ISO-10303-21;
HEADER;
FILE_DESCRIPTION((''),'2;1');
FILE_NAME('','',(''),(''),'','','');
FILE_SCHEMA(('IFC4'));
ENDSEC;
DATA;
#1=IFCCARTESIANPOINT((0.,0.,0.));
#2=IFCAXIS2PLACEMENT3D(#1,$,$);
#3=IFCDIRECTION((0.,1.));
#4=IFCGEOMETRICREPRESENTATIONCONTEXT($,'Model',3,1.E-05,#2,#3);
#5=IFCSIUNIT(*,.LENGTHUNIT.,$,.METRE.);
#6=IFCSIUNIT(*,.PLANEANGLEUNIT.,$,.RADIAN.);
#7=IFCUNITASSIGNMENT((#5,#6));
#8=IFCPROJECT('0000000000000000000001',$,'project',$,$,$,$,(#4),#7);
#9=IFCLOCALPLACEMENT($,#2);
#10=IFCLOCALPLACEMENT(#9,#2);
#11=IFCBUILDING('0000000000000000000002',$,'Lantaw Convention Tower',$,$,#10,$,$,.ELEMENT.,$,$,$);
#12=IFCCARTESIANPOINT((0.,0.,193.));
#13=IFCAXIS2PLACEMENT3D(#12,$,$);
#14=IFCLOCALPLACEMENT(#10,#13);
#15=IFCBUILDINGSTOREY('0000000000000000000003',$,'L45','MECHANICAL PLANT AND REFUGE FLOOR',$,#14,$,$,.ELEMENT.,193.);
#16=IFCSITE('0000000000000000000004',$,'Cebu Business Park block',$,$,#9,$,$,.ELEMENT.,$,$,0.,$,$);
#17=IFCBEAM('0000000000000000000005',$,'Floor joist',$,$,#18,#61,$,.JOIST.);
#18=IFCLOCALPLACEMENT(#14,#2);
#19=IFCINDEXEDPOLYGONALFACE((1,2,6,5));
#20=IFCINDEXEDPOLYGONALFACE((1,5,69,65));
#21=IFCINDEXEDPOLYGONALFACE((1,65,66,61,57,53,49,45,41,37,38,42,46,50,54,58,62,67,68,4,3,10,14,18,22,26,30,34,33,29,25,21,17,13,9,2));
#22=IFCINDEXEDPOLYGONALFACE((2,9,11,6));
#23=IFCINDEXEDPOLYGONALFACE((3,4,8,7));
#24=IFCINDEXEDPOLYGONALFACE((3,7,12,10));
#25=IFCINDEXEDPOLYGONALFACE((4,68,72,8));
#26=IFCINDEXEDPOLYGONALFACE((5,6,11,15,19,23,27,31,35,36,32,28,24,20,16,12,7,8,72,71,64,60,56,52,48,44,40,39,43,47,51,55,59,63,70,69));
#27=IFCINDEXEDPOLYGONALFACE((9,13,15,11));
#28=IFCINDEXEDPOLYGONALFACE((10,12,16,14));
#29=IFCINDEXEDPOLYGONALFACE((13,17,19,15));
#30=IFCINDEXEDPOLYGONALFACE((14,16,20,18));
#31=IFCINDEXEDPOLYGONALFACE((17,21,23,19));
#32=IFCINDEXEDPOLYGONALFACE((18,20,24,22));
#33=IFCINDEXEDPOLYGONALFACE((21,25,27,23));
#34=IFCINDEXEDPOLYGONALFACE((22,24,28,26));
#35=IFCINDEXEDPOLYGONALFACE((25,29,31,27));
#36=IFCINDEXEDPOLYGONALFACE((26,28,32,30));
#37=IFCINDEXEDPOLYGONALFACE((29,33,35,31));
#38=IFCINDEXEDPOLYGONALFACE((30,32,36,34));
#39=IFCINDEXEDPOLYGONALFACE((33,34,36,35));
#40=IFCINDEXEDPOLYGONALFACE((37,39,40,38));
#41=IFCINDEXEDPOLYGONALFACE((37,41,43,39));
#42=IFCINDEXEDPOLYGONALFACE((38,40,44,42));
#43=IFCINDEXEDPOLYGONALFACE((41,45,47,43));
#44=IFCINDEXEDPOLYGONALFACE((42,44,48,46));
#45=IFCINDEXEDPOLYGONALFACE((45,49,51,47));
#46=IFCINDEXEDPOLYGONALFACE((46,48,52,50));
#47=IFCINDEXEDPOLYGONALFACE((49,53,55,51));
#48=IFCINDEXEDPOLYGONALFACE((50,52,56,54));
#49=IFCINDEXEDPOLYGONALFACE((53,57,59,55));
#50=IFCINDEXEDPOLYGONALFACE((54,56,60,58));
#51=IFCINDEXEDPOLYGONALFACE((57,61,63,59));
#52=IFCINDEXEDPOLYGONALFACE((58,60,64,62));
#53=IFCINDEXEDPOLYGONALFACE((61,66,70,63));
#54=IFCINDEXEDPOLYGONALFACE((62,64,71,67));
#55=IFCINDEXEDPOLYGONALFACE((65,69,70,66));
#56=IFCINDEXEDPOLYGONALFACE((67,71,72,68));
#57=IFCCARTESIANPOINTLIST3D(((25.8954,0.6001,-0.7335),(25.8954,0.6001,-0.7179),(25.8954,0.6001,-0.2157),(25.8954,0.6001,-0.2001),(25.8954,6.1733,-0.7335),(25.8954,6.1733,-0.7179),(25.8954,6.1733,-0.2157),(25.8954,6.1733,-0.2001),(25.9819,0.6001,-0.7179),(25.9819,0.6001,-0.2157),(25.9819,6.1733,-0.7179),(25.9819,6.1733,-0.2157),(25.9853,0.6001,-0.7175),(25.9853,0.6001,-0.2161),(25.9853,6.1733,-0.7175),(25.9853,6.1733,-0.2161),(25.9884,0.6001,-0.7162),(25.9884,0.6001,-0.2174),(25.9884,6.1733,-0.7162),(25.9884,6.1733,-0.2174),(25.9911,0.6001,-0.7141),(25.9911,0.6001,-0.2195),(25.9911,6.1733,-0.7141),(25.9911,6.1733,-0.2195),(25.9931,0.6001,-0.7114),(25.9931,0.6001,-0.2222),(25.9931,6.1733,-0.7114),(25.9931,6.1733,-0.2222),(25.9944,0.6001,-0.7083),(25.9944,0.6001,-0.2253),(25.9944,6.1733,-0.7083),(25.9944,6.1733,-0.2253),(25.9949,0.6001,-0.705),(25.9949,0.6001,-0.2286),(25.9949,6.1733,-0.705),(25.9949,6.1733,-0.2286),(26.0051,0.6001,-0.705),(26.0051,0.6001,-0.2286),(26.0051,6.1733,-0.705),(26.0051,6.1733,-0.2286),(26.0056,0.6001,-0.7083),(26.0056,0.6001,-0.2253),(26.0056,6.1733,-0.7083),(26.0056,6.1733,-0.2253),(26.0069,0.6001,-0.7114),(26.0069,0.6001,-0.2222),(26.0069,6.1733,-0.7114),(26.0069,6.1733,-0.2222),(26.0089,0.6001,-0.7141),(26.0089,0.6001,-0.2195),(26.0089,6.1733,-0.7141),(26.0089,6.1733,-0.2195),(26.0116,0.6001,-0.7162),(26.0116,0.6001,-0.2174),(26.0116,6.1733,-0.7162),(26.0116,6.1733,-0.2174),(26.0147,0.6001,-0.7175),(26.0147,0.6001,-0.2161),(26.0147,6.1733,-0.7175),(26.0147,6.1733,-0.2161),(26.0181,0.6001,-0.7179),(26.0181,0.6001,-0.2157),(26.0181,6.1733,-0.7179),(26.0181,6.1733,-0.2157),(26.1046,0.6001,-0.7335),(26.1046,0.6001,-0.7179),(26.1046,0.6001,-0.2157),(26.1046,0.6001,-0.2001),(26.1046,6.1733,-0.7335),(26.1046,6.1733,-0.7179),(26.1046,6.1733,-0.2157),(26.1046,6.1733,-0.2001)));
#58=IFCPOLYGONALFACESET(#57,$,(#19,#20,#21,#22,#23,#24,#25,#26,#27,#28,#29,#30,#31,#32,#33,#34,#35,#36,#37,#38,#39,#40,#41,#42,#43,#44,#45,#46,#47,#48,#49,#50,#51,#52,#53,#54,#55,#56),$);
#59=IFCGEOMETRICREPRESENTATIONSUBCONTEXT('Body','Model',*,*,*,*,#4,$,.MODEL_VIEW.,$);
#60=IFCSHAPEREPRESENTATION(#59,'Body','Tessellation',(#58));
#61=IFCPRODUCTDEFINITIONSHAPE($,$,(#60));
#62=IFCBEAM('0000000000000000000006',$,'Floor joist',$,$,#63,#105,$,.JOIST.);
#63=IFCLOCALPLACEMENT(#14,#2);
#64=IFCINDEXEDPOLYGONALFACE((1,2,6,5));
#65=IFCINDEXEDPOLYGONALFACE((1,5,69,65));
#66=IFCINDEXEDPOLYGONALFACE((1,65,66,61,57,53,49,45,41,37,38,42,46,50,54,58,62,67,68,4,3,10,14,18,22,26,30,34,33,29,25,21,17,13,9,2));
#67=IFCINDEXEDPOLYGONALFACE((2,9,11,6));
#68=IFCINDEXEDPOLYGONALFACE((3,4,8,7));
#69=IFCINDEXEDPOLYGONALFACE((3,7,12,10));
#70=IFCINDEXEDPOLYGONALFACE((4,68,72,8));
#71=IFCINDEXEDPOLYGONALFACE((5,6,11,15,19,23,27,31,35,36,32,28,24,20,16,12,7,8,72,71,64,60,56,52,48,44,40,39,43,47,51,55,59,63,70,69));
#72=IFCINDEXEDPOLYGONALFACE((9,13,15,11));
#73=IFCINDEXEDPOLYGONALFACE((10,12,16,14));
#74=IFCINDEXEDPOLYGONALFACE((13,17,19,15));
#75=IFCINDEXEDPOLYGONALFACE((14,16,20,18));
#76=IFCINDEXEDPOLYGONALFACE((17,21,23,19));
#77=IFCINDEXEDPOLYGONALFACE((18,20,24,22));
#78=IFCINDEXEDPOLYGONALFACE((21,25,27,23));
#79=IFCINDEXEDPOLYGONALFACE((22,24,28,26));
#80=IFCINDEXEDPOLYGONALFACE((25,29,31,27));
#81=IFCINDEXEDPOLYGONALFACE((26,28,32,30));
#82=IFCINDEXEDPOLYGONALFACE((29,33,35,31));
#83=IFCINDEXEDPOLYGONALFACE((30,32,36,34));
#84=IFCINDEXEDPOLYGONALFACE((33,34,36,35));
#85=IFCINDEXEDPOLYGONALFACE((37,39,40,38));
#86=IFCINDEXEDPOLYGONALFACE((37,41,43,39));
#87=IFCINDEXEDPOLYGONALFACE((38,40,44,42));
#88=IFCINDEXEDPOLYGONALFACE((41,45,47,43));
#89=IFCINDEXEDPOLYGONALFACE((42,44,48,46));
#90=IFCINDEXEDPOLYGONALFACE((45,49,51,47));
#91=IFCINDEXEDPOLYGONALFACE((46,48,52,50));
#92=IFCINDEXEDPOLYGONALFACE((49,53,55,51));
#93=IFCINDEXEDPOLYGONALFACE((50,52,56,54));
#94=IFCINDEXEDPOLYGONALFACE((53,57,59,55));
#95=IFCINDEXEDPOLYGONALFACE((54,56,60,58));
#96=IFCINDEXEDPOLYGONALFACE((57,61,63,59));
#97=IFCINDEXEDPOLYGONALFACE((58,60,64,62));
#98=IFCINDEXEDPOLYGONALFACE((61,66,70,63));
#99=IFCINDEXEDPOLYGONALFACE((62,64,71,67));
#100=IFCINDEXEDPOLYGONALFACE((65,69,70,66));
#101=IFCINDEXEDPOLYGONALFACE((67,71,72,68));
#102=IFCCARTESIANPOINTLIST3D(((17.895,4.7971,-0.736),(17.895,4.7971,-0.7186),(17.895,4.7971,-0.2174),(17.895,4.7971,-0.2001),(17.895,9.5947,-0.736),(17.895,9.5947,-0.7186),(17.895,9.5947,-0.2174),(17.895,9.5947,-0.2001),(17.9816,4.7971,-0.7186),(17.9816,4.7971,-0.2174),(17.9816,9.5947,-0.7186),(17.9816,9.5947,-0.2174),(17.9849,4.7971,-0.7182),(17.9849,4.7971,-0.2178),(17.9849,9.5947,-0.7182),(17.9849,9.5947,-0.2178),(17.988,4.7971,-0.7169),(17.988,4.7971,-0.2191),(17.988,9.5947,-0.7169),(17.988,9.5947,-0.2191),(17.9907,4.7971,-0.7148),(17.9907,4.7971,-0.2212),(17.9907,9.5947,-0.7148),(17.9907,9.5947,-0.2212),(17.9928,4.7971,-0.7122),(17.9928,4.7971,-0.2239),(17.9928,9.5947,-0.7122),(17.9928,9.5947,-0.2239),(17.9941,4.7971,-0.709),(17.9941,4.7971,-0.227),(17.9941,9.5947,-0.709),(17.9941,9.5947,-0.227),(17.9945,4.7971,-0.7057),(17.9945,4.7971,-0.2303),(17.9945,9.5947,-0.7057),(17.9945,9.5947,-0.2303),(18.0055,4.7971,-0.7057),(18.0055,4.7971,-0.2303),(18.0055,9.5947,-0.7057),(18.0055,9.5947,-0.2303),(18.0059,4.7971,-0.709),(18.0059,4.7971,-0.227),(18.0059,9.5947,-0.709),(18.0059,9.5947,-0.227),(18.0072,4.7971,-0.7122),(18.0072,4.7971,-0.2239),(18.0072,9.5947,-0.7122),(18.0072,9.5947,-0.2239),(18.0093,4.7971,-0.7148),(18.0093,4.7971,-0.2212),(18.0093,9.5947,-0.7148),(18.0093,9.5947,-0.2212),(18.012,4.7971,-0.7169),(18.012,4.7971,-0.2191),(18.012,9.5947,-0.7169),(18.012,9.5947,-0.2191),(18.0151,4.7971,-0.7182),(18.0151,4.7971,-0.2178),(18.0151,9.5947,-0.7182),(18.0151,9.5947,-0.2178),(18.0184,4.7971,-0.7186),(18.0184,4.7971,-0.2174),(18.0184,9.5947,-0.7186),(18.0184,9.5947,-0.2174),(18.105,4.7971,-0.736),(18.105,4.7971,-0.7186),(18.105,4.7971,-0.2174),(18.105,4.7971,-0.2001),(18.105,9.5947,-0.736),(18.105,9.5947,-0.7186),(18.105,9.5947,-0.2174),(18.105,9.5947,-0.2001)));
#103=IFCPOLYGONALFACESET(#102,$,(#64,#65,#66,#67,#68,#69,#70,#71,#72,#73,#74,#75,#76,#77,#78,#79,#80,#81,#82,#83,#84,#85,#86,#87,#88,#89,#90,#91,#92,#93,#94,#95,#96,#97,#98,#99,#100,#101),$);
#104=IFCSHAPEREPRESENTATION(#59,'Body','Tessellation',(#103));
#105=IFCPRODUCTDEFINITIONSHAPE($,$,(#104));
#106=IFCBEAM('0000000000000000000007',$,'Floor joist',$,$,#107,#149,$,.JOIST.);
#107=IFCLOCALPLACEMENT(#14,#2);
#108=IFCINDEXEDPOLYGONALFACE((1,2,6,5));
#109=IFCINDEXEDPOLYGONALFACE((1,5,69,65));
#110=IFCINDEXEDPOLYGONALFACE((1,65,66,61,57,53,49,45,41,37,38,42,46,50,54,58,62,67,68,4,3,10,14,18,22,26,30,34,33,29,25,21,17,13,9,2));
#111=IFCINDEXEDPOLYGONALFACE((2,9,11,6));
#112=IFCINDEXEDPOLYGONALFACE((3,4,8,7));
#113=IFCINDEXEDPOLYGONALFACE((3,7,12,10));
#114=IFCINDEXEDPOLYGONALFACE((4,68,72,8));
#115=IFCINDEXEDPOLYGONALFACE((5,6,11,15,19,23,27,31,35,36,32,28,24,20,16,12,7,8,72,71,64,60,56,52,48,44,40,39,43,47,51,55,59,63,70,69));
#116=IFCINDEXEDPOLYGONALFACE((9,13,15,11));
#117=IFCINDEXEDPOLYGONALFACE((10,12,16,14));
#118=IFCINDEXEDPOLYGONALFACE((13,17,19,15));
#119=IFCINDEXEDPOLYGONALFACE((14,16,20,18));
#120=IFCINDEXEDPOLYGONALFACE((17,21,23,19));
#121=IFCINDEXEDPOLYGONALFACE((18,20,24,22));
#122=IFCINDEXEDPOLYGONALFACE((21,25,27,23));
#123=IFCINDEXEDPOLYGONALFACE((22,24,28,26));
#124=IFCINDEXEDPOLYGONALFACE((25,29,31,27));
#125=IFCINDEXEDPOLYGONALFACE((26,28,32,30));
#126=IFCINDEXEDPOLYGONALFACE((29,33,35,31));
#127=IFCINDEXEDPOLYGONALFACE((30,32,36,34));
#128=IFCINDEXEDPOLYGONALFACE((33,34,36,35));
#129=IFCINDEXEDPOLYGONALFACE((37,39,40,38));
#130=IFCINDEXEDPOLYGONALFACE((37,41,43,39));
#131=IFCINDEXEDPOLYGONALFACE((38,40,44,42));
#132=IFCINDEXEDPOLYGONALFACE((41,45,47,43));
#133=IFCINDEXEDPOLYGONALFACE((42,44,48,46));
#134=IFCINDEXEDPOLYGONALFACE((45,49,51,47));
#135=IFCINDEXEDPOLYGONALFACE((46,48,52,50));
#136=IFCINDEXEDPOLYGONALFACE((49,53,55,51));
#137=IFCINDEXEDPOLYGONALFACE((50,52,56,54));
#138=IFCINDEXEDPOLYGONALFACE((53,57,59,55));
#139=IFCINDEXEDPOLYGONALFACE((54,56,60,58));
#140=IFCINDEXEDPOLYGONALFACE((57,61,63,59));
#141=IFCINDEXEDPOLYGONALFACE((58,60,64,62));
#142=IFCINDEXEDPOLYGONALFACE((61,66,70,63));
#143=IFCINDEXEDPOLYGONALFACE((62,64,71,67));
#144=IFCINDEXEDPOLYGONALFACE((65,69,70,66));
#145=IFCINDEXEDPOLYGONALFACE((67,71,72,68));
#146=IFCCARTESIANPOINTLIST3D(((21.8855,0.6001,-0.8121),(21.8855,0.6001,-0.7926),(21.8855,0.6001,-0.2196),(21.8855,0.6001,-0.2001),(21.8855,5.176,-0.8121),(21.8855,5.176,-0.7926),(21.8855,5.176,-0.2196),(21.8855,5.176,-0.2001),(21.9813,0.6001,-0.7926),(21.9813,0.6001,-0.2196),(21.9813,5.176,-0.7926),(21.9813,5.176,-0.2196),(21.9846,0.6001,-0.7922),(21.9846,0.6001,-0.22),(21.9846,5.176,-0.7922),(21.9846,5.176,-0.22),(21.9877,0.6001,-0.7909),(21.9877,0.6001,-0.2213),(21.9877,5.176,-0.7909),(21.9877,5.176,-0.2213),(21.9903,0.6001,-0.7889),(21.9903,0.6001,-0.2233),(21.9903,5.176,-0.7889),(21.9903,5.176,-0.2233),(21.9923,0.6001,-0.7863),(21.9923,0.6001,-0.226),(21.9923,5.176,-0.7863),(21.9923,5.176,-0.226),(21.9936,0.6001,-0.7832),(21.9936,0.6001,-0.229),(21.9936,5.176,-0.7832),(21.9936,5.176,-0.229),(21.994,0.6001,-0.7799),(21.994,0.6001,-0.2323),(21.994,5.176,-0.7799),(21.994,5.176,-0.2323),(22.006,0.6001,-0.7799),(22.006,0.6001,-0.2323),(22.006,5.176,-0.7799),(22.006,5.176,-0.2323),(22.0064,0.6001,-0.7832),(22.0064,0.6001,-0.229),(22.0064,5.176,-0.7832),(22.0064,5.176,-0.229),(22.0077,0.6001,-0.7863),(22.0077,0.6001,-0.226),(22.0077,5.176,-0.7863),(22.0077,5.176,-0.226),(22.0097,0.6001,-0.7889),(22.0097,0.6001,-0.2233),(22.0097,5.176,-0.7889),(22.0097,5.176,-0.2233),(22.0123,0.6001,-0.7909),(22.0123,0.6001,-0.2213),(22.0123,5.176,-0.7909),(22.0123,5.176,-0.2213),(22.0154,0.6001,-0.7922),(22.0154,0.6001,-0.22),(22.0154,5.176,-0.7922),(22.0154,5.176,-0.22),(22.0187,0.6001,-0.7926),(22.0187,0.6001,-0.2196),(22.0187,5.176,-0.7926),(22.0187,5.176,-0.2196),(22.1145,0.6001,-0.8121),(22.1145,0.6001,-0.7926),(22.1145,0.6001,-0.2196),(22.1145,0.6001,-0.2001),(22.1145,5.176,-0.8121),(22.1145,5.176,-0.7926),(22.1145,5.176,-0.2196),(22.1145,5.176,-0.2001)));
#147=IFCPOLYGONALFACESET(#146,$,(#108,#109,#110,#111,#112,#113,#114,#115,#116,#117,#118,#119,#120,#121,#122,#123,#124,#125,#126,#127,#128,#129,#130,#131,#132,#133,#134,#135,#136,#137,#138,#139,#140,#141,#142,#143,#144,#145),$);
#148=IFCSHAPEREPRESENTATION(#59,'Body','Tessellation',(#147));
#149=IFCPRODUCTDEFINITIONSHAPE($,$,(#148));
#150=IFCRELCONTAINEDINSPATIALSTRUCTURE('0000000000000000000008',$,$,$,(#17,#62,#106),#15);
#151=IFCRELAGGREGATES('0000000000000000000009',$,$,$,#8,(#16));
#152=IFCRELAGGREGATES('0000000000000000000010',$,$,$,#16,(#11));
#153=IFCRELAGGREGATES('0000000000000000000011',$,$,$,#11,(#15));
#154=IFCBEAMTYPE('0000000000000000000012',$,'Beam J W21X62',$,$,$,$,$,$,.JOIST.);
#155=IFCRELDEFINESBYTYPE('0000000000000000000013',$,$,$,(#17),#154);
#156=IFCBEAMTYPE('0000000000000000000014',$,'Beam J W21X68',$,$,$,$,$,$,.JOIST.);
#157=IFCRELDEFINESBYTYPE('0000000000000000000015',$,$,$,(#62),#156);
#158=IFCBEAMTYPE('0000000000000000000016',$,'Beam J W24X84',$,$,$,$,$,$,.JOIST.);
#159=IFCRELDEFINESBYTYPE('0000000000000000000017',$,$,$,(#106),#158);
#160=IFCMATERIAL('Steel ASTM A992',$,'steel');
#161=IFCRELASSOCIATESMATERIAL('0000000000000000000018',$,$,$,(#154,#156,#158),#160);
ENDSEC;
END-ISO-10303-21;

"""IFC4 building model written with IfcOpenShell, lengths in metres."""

from ifc_helpers import new_model, si_unit, direction, frame, origin, origin_2d, place, context, subcontext, project, spatial, i_section, extrude, material, material_profile, profile_set, type_object, element, save


model = new_model("IFC4")

# Units and contexts
model_context = context("Model", 3, precision=1e-05, world=origin(), true_north=direction((0.0, 1.0)))
body_context = subcontext(model_context, "Body", "Model", "MODEL_VIEW")
ifc_project = project(units=[si_unit("LENGTHUNIT", "METRE"), si_unit("PLANEANGLEUNIT", "RADIAN")], contexts=[model_context])

# Site, building, storey
site_placement = place(None, origin())
site = spatial("IfcSite", under=ifc_project, at=site_placement, Name="Cebu Business Park block", CompositionType="ELEMENT", RefElevation=0.0)
building_placement = place(site_placement, origin())
building = spatial("IfcBuilding", under=site, at=building_placement, Name="Lantaw Convention Tower", CompositionType="ELEMENT")
storey_placement = place(building_placement, frame((0.0, 0.0, 193.0)))
storey = spatial("IfcBuildingStorey", under=building, at=storey_placement, Name="L45", Description="MECHANICAL PLANT AND REFUGE FLOOR", CompositionType="ELEMENT", Elevation=193.0)

# Beams
ifc_material_1 = material(Name="Steel ASTM A992", Category="steel")
ifc_material_profile_1 = material_profile(ifc_material_1, i_section(OverallWidth=0.2092, OverallDepth=0.5334, WebThickness=0.0103, FlangeThickness=0.0156, FilletRadius=0.0129, at=origin_2d()), Name="W21X62")
ifc_profile_set_1 = profile_set([ifc_material_profile_1], Name="Steel ASTM A992")
beam_type_1 = type_object("IfcBeamType", Name="Beam J W21X62", PredefinedType="JOIST", material=ifc_profile_set_1)
beam_1_placement = place(storey_placement, frame((26.0, 0.6001, -0.4668), z_axis=(0.0, 1.0, 0.0), x_axis=(-1.0, 0.0, 0.0)))
element("IfcBeam", 1, at=beam_1_placement, inside=storey, type_object=beam_type_1, Name="Floor joist", PredefinedType="JOIST", context=body_context, shape_type="SweptSolid", body=[
    extrude(i_section(OverallWidth=0.2092, OverallDepth=0.5334, WebThickness=0.0103, FlangeThickness=0.0156, FilletRadius=0.0129, at=origin_2d()), origin(), (0.0, 0.0, 1.0), 5.5732),
])
ifc_material_profile_2 = material_profile(ifc_material_1, i_section(OverallWidth=0.21, OverallDepth=0.5359, WebThickness=0.011, FlangeThickness=0.0173, FilletRadius=0.0129, at=origin_2d()), Name="W21X68")
ifc_profile_set_2 = profile_set([ifc_material_profile_2], Name="Steel ASTM A992")
beam_type_2 = type_object("IfcBeamType", Name="Beam J W21X68", PredefinedType="JOIST", material=ifc_profile_set_2)
beam_2_placement = place(storey_placement, frame((18.0, 4.7971, -0.468), z_axis=(0.0, 1.0, 0.0), x_axis=(-1.0, 0.0, 0.0)))
element("IfcBeam", 2, at=beam_2_placement, inside=storey, type_object=beam_type_2, Name="Floor joist", PredefinedType="JOIST", context=body_context, shape_type="SweptSolid", body=[
    extrude(i_section(OverallWidth=0.21, OverallDepth=0.5359, WebThickness=0.011, FlangeThickness=0.0173, FilletRadius=0.0129, at=origin_2d()), origin(), (0.0, 0.0, 1.0), 4.7976),
])
ifc_material_profile_3 = material_profile(ifc_material_1, i_section(OverallWidth=0.229, OverallDepth=0.6121, WebThickness=0.012, FlangeThickness=0.0195, FilletRadius=0.0127, at=origin_2d()), Name="W24X84")
ifc_profile_set_3 = profile_set([ifc_material_profile_3], Name="Steel ASTM A992")
beam_type_3 = type_object("IfcBeamType", Name="Beam J W24X84", PredefinedType="JOIST", material=ifc_profile_set_3)
beam_3_placement = place(storey_placement, frame((22.0, 0.6001, -0.5061), z_axis=(0.0, 1.0, 0.0), x_axis=(-1.0, 0.0, 0.0)))
element("IfcBeam", 3, at=beam_3_placement, inside=storey, type_object=beam_type_3, Name="Floor joist", PredefinedType="JOIST", context=body_context, shape_type="SweptSolid", body=[
    extrude(i_section(OverallWidth=0.229, OverallDepth=0.6121, WebThickness=0.012, FlangeThickness=0.0195, FilletRadius=0.0127, at=origin_2d()), origin(), (0.0, 0.0, 1.0), 4.5759),
])

save(model, "model.ifc")
